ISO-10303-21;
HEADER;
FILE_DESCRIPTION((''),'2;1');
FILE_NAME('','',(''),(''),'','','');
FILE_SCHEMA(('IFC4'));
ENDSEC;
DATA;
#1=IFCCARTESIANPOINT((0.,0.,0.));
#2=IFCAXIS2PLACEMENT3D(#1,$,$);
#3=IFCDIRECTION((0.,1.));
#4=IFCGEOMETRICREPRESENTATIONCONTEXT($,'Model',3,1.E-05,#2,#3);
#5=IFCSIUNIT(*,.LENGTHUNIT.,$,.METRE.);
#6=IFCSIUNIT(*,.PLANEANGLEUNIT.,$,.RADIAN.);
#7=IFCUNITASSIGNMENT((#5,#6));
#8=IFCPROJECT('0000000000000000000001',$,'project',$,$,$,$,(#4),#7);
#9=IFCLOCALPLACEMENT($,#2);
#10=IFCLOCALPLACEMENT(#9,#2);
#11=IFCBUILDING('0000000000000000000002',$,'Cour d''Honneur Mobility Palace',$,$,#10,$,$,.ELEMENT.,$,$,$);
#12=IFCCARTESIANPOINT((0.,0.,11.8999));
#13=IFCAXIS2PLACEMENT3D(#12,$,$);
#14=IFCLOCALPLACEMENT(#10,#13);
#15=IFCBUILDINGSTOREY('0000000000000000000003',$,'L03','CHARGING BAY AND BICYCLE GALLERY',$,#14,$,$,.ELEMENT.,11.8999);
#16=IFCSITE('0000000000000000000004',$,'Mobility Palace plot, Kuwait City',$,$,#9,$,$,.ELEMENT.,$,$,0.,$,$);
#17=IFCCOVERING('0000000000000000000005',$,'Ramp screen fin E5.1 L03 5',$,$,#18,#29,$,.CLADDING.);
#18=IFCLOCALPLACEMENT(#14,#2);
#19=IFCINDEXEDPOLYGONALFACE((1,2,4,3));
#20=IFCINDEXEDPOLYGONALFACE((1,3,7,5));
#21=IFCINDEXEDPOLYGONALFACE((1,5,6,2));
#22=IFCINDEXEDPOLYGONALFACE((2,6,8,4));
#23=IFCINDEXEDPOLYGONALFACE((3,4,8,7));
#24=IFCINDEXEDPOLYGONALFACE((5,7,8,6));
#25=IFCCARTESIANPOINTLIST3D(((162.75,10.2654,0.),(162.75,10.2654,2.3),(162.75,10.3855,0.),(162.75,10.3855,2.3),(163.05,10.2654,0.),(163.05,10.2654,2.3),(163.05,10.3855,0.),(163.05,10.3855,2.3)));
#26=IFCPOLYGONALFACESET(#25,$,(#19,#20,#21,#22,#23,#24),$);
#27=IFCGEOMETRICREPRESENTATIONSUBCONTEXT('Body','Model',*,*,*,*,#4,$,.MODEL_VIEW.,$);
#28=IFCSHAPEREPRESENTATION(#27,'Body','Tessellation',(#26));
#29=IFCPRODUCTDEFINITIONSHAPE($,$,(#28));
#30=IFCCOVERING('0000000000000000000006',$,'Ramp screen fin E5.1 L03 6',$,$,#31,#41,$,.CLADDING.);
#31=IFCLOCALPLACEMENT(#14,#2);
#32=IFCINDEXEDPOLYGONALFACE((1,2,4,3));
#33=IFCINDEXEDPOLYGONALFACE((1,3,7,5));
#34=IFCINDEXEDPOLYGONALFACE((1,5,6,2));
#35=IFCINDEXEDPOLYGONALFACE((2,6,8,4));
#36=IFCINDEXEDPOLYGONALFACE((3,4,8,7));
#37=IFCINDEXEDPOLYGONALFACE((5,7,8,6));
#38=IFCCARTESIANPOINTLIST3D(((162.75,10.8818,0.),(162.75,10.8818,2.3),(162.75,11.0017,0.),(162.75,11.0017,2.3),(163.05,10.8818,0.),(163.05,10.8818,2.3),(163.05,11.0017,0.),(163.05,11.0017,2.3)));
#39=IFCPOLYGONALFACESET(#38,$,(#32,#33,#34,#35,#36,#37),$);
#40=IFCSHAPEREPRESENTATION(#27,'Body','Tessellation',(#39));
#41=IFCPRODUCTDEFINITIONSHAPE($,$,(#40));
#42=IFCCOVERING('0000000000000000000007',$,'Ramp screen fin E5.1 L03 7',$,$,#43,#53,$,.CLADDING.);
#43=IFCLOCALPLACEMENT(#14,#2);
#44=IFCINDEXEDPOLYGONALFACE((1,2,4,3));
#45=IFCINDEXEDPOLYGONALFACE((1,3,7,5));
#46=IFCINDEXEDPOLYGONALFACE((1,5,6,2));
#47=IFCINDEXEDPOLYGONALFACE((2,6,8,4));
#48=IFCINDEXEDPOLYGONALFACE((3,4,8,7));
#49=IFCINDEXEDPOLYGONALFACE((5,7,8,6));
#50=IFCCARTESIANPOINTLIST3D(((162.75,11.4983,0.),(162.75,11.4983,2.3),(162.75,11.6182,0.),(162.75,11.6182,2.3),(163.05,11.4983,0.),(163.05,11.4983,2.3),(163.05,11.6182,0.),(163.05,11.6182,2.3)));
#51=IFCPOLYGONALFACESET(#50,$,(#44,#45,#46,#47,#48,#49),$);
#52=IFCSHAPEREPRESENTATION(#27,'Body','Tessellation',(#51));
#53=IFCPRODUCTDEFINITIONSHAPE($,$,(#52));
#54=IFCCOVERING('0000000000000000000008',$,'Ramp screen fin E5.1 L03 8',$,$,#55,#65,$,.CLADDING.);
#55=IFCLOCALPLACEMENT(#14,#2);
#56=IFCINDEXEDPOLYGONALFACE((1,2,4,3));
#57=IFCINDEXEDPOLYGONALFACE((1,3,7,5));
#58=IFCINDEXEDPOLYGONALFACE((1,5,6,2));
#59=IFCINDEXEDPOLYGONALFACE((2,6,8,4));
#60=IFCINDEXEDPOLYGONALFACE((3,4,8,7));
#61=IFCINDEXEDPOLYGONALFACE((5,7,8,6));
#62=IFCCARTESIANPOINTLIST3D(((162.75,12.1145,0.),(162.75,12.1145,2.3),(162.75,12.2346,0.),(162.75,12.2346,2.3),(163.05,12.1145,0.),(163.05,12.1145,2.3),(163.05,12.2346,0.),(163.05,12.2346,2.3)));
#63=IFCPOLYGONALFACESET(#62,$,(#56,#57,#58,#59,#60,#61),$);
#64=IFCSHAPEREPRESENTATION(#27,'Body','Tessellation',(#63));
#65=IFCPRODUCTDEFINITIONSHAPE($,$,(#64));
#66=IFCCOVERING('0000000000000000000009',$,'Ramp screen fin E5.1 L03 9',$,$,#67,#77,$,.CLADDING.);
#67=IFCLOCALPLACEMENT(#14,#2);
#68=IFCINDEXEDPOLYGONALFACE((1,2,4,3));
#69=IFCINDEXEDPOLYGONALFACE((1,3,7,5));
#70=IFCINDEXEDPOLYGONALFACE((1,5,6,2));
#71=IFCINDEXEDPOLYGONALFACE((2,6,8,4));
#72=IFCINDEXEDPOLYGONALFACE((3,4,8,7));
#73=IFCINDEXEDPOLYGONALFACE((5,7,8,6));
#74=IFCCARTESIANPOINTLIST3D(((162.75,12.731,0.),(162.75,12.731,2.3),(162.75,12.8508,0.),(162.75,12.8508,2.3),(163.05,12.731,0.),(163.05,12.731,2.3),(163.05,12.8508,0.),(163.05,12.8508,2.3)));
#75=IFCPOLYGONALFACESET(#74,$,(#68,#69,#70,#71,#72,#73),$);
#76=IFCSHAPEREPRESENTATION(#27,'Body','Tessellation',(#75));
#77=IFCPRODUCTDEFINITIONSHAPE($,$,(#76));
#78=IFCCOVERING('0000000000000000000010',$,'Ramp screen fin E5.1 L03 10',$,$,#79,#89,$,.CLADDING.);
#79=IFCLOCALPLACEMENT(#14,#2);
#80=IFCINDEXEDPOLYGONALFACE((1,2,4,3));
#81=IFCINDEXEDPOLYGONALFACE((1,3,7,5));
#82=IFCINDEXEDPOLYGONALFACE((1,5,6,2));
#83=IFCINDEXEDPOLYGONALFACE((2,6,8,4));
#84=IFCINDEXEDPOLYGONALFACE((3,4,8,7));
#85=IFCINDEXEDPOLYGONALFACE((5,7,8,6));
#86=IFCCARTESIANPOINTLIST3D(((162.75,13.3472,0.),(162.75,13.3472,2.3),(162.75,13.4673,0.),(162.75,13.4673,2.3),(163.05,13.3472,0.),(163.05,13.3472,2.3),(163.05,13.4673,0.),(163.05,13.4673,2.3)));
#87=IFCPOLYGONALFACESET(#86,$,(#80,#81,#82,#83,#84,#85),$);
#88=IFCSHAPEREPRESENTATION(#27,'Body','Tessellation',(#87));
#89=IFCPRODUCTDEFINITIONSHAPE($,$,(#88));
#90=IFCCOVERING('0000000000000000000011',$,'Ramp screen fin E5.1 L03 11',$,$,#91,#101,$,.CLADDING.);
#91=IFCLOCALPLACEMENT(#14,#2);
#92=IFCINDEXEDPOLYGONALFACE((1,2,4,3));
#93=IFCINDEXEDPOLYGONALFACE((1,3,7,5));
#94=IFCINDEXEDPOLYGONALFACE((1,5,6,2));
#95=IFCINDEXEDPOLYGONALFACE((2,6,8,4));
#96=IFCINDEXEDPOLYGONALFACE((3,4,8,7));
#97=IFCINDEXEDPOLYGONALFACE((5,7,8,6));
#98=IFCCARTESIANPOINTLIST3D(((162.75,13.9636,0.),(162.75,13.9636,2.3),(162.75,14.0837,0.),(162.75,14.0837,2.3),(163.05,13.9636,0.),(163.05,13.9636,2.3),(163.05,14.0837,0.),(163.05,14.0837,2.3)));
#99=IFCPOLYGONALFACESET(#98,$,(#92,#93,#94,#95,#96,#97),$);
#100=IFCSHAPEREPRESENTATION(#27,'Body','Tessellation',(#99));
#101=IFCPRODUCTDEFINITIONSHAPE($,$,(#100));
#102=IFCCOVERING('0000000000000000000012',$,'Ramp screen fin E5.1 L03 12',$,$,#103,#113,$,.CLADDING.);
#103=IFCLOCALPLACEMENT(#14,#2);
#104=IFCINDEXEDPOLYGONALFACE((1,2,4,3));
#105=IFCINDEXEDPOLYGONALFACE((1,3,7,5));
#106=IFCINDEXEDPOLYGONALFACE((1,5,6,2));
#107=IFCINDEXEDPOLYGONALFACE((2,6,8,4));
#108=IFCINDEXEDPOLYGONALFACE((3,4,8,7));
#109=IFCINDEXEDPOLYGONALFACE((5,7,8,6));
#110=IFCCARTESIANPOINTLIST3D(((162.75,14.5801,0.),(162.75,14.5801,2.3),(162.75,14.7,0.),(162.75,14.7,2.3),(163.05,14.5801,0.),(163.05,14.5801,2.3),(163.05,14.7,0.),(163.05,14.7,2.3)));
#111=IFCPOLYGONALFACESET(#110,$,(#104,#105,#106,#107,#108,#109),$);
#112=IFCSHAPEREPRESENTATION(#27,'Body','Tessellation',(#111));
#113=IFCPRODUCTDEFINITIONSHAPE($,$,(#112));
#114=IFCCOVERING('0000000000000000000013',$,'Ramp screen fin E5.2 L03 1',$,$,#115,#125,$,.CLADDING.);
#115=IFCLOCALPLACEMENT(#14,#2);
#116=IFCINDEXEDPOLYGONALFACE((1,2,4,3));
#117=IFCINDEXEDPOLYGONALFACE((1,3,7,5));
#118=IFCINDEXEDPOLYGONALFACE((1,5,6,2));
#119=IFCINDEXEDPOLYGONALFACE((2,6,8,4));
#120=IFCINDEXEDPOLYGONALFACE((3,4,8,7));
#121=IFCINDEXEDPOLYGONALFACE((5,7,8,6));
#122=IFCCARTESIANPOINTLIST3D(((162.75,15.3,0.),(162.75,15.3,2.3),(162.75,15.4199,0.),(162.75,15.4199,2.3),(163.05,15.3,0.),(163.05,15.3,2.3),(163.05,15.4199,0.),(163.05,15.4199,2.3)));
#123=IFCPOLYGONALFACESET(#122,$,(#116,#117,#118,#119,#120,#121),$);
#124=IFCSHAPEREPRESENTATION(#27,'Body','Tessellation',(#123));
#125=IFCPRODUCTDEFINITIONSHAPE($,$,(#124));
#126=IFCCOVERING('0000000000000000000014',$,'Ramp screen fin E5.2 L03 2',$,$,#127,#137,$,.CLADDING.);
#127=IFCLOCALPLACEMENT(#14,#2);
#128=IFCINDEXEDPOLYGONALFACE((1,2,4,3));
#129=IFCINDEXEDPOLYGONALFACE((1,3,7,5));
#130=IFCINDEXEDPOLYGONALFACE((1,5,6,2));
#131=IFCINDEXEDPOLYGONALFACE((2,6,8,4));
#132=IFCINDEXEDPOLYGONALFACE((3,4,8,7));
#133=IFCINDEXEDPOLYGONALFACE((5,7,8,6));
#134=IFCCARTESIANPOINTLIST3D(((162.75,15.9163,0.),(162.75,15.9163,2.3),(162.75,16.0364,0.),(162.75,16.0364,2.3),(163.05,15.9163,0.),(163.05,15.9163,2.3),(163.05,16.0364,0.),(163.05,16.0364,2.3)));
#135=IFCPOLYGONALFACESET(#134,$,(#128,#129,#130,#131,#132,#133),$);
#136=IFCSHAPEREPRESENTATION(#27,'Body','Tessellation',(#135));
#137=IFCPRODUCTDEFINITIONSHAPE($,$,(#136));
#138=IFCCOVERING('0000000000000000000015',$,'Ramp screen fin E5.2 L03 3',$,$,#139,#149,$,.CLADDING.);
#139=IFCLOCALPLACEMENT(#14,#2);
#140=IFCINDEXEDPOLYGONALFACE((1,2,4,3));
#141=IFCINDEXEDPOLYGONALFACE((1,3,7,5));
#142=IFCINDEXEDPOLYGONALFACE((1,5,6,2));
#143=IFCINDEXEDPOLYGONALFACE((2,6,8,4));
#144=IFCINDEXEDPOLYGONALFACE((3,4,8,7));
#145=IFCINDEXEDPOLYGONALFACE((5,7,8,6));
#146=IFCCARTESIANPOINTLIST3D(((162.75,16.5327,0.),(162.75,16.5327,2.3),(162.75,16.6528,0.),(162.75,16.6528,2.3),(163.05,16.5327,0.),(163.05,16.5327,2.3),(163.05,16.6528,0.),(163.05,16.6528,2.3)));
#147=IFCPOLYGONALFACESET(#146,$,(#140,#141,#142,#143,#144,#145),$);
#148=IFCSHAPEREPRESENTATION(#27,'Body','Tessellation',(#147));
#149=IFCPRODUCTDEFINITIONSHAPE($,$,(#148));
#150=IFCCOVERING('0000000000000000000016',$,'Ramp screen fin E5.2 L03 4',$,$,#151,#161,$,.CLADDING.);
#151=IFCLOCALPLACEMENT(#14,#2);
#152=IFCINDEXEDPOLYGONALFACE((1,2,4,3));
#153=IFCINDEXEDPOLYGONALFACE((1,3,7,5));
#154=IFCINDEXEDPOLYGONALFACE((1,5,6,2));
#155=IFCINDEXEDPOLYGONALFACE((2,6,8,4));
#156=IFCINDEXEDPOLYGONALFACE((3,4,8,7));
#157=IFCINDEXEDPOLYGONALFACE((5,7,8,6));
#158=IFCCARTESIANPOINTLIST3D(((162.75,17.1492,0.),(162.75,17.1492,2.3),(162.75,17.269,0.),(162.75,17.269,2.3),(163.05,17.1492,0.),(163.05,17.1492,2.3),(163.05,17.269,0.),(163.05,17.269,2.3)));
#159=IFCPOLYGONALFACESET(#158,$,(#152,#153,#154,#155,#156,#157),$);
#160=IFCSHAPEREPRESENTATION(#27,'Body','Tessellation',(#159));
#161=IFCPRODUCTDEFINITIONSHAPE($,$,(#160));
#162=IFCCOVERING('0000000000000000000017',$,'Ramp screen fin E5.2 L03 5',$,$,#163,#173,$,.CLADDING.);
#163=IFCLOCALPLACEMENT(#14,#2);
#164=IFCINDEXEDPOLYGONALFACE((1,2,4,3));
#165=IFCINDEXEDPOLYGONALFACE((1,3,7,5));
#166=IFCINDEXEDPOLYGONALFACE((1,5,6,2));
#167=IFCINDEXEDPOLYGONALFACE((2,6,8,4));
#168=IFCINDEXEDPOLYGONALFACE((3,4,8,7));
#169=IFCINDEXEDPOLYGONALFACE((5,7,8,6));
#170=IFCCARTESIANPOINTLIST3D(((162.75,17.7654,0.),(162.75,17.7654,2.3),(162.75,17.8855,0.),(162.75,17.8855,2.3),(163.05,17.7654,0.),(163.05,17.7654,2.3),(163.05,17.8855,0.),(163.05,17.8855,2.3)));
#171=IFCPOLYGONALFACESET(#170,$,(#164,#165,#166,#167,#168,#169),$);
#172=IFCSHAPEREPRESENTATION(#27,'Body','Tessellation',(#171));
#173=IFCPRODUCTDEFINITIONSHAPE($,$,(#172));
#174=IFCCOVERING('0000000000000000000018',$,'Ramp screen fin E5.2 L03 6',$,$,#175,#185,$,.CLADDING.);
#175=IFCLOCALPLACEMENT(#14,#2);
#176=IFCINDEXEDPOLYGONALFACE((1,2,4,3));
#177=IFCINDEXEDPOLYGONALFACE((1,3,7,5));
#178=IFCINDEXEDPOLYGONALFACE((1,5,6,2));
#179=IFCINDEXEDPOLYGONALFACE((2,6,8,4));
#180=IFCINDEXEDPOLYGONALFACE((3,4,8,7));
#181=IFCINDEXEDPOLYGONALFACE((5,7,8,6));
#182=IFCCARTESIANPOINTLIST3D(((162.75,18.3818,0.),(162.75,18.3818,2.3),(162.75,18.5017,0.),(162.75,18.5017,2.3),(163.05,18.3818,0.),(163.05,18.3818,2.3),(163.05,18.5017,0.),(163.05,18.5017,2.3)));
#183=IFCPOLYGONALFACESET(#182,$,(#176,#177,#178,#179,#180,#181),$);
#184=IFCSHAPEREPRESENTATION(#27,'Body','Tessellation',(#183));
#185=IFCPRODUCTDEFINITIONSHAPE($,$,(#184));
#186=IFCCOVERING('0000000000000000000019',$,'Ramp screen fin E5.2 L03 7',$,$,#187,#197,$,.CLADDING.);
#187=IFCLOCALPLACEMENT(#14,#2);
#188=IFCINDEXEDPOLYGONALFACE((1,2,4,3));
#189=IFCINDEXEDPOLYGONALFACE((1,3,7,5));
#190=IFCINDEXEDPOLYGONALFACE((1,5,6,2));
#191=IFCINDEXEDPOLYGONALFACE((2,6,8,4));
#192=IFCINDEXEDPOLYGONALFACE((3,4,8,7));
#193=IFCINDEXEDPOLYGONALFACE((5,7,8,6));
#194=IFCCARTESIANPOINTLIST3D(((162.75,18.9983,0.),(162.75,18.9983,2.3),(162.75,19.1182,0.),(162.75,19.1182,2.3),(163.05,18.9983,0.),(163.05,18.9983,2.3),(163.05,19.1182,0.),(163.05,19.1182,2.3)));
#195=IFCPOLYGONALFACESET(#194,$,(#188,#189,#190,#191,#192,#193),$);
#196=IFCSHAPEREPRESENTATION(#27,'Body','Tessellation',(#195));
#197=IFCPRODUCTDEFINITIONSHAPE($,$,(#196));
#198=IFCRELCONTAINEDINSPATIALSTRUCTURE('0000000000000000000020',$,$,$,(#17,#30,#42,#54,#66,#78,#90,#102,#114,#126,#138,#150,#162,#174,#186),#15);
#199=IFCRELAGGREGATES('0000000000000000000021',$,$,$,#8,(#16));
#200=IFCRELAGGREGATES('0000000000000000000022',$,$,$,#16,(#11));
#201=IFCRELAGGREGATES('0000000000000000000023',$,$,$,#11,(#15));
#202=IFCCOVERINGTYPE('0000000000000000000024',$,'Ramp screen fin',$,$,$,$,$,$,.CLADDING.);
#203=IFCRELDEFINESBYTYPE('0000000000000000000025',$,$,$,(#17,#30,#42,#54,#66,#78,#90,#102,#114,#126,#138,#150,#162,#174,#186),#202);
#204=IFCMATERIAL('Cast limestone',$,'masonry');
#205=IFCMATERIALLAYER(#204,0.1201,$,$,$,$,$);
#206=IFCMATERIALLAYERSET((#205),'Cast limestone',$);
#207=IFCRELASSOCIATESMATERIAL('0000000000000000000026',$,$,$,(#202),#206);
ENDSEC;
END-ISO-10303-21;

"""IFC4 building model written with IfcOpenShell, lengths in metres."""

from ifc_helpers import new_model, si_unit, direction, frame, origin, place, context, subcontext, project, spatial, polyline, outline, extrude, material, layer, layer_set, type_object, element, save


model = new_model("IFC4")

# Units and contexts
model_context = context("Model", 3, precision=1e-05, world=origin(), true_north=direction((0.0, 1.0)))
body_context = subcontext(model_context, "Body", "Model", "MODEL_VIEW")
ifc_project = project(units=[si_unit("LENGTHUNIT", "METRE"), si_unit("PLANEANGLEUNIT", "RADIAN")], contexts=[model_context])

# Site, building, storey
site_placement = place(None, origin())
site = spatial("IfcSite", under=ifc_project, at=site_placement, Name="Mobility Palace plot, Kuwait City", CompositionType="ELEMENT", RefElevation=0.0)
building_placement = place(site_placement, origin())
building = spatial("IfcBuilding", under=site, at=building_placement, Name="Cour d'Honneur Mobility Palace", CompositionType="ELEMENT")
storey_placement = place(building_placement, frame((0.0, 0.0, 11.8999)))
storey = spatial("IfcBuildingStorey", under=building, at=storey_placement, Name="L03", Description="CHARGING BAY AND BICYCLE GALLERY", CompositionType="ELEMENT", Elevation=11.8999)

# Coverings
ifc_material = material(Name="Cast limestone", Category="masonry")
ifc_layer = layer(ifc_material, 0.1201)
ifc_layer_set = layer_set([ifc_layer], Name="Cast limestone")
covering_type = type_object("IfcCoveringType", Name="Ramp screen fin", PredefinedType="CLADDING", material=ifc_layer_set)
covering_1_placement = place(storey_placement, origin())
element("IfcCovering", 1, at=covering_1_placement, inside=storey, type_object=covering_type, Name="Ramp screen fin E5.1 L03 5", PredefinedType="CLADDING", context=body_context, shape_type="SweptSolid", body=[
    extrude(outline(polyline([(162.75, 10.2654), (162.75, 10.3855), (163.05, 10.3855), (163.05, 10.2654), (162.75, 10.2654)])), origin(), (0.0, 0.0, 1.0), 2.3),
])
covering_2_placement = place(storey_placement, origin())
element("IfcCovering", 2, at=covering_2_placement, inside=storey, type_object=covering_type, Name="Ramp screen fin E5.1 L03 6", PredefinedType="CLADDING", context=body_context, shape_type="SweptSolid", body=[
    extrude(outline(polyline([(162.75, 10.8818), (162.75, 11.0017), (163.05, 11.0017), (163.05, 10.8818), (162.75, 10.8818)])), origin(), (0.0, 0.0, 1.0), 2.3),
])
covering_3_placement = place(storey_placement, origin())
element("IfcCovering", 3, at=covering_3_placement, inside=storey, type_object=covering_type, Name="Ramp screen fin E5.1 L03 7", PredefinedType="CLADDING", context=body_context, shape_type="SweptSolid", body=[
    extrude(outline(polyline([(162.75, 11.4983), (162.75, 11.6182), (163.05, 11.6182), (163.05, 11.4983), (162.75, 11.4983)])), origin(), (0.0, 0.0, 1.0), 2.3),
])
covering_4_placement = place(storey_placement, origin())
element("IfcCovering", 4, at=covering_4_placement, inside=storey, type_object=covering_type, Name="Ramp screen fin E5.1 L03 8", PredefinedType="CLADDING", context=body_context, shape_type="SweptSolid", body=[
    extrude(outline(polyline([(162.75, 12.1145), (162.75, 12.2346), (163.05, 12.2346), (163.05, 12.1145), (162.75, 12.1145)])), origin(), (0.0, 0.0, 1.0), 2.3),
])
covering_5_placement = place(storey_placement, origin())
element("IfcCovering", 5, at=covering_5_placement, inside=storey, type_object=covering_type, Name="Ramp screen fin E5.1 L03 9", PredefinedType="CLADDING", context=body_context, shape_type="SweptSolid", body=[
    extrude(outline(polyline([(162.75, 12.731), (162.75, 12.8508), (163.05, 12.8508), (163.05, 12.731), (162.75, 12.731)])), origin(), (0.0, 0.0, 1.0), 2.3),
])
covering_6_placement = place(storey_placement, origin())
element("IfcCovering", 6, at=covering_6_placement, inside=storey, type_object=covering_type, Name="Ramp screen fin E5.1 L03 10", PredefinedType="CLADDING", context=body_context, shape_type="SweptSolid", body=[
    extrude(outline(polyline([(162.75, 13.3472), (162.75, 13.4673), (163.05, 13.4673), (163.05, 13.3472), (162.75, 13.3472)])), origin(), (0.0, 0.0, 1.0), 2.3),
])
covering_7_placement = place(storey_placement, origin())
element("IfcCovering", 7, at=covering_7_placement, inside=storey, type_object=covering_type, Name="Ramp screen fin E5.1 L03 11", PredefinedType="CLADDING", context=body_context, shape_type="SweptSolid", body=[
    extrude(outline(polyline([(162.75, 13.9636), (162.75, 14.0837), (163.05, 14.0837), (163.05, 13.9636), (162.75, 13.9636)])), origin(), (0.0, 0.0, 1.0), 2.3),
])
covering_8_placement = place(storey_placement, origin())
element("IfcCovering", 8, at=covering_8_placement, inside=storey, type_object=covering_type, Name="Ramp screen fin E5.1 L03 12", PredefinedType="CLADDING", context=body_context, shape_type="SweptSolid", body=[
    extrude(outline(polyline([(162.75, 14.5801), (162.75, 14.7), (163.05, 14.7), (163.05, 14.5801), (162.75, 14.5801)])), origin(), (0.0, 0.0, 1.0), 2.3),
])
covering_9_placement = place(storey_placement, origin())
element("IfcCovering", 9, at=covering_9_placement, inside=storey, type_object=covering_type, Name="Ramp screen fin E5.2 L03 1", PredefinedType="CLADDING", context=body_context, shape_type="SweptSolid", body=[
    extrude(outline(polyline([(162.75, 15.3), (162.75, 15.4199), (163.05, 15.4199), (163.05, 15.3), (162.75, 15.3)])), origin(), (0.0, 0.0, 1.0), 2.3),
])
covering_10_placement = place(storey_placement, origin())
element("IfcCovering", 10, at=covering_10_placement, inside=storey, type_object=covering_type, Name="Ramp screen fin E5.2 L03 2", PredefinedType="CLADDING", context=body_context, shape_type="SweptSolid", body=[
    extrude(outline(polyline([(162.75, 15.9163), (162.75, 16.0364), (163.05, 16.0364), (163.05, 15.9163), (162.75, 15.9163)])), origin(), (0.0, 0.0, 1.0), 2.3),
])
covering_11_placement = place(storey_placement, origin())
element("IfcCovering", 11, at=covering_11_placement, inside=storey, type_object=covering_type, Name="Ramp screen fin E5.2 L03 3", PredefinedType="CLADDING", context=body_context, shape_type="SweptSolid", body=[
    extrude(outline(polyline([(162.75, 16.5327), (162.75, 16.6528), (163.05, 16.6528), (163.05, 16.5327), (162.75, 16.5327)])), origin(), (0.0, 0.0, 1.0), 2.3),
])
covering_12_placement = place(storey_placement, origin())
element("IfcCovering", 12, at=covering_12_placement, inside=storey, type_object=covering_type, Name="Ramp screen fin E5.2 L03 4", PredefinedType="CLADDING", context=body_context, shape_type="SweptSolid", body=[
    extrude(outline(polyline([(162.75, 17.1492), (162.75, 17.269), (163.05, 17.269), (163.05, 17.1492), (162.75, 17.1492)])), origin(), (0.0, 0.0, 1.0), 2.3),
])
covering_13_placement = place(storey_placement, origin())
element("IfcCovering", 13, at=covering_13_placement, inside=storey, type_object=covering_type, Name="Ramp screen fin E5.2 L03 5", PredefinedType="CLADDING", context=body_context, shape_type="SweptSolid", body=[
    extrude(outline(polyline([(162.75, 17.7654), (162.75, 17.8855), (163.05, 17.8855), (163.05, 17.7654), (162.75, 17.7654)])), origin(), (0.0, 0.0, 1.0), 2.3),
])
covering_14_placement = place(storey_placement, origin())
element("IfcCovering", 14, at=covering_14_placement, inside=storey, type_object=covering_type, Name="Ramp screen fin E5.2 L03 6", PredefinedType="CLADDING", context=body_context, shape_type="SweptSolid", body=[
    extrude(outline(polyline([(162.75, 18.3818), (162.75, 18.5017), (163.05, 18.5017), (163.05, 18.3818), (162.75, 18.3818)])), origin(), (0.0, 0.0, 1.0), 2.3),
])
covering_15_placement = place(storey_placement, origin())
element("IfcCovering", 15, at=covering_15_placement, inside=storey, type_object=covering_type, Name="Ramp screen fin E5.2 L03 7", PredefinedType="CLADDING", context=body_context, shape_type="SweptSolid", body=[
    extrude(outline(polyline([(162.75, 18.9983), (162.75, 19.1182), (163.05, 19.1182), (163.05, 18.9983), (162.75, 18.9983)])), origin(), (0.0, 0.0, 1.0), 2.3),
])

save(model, "model.ifc")
